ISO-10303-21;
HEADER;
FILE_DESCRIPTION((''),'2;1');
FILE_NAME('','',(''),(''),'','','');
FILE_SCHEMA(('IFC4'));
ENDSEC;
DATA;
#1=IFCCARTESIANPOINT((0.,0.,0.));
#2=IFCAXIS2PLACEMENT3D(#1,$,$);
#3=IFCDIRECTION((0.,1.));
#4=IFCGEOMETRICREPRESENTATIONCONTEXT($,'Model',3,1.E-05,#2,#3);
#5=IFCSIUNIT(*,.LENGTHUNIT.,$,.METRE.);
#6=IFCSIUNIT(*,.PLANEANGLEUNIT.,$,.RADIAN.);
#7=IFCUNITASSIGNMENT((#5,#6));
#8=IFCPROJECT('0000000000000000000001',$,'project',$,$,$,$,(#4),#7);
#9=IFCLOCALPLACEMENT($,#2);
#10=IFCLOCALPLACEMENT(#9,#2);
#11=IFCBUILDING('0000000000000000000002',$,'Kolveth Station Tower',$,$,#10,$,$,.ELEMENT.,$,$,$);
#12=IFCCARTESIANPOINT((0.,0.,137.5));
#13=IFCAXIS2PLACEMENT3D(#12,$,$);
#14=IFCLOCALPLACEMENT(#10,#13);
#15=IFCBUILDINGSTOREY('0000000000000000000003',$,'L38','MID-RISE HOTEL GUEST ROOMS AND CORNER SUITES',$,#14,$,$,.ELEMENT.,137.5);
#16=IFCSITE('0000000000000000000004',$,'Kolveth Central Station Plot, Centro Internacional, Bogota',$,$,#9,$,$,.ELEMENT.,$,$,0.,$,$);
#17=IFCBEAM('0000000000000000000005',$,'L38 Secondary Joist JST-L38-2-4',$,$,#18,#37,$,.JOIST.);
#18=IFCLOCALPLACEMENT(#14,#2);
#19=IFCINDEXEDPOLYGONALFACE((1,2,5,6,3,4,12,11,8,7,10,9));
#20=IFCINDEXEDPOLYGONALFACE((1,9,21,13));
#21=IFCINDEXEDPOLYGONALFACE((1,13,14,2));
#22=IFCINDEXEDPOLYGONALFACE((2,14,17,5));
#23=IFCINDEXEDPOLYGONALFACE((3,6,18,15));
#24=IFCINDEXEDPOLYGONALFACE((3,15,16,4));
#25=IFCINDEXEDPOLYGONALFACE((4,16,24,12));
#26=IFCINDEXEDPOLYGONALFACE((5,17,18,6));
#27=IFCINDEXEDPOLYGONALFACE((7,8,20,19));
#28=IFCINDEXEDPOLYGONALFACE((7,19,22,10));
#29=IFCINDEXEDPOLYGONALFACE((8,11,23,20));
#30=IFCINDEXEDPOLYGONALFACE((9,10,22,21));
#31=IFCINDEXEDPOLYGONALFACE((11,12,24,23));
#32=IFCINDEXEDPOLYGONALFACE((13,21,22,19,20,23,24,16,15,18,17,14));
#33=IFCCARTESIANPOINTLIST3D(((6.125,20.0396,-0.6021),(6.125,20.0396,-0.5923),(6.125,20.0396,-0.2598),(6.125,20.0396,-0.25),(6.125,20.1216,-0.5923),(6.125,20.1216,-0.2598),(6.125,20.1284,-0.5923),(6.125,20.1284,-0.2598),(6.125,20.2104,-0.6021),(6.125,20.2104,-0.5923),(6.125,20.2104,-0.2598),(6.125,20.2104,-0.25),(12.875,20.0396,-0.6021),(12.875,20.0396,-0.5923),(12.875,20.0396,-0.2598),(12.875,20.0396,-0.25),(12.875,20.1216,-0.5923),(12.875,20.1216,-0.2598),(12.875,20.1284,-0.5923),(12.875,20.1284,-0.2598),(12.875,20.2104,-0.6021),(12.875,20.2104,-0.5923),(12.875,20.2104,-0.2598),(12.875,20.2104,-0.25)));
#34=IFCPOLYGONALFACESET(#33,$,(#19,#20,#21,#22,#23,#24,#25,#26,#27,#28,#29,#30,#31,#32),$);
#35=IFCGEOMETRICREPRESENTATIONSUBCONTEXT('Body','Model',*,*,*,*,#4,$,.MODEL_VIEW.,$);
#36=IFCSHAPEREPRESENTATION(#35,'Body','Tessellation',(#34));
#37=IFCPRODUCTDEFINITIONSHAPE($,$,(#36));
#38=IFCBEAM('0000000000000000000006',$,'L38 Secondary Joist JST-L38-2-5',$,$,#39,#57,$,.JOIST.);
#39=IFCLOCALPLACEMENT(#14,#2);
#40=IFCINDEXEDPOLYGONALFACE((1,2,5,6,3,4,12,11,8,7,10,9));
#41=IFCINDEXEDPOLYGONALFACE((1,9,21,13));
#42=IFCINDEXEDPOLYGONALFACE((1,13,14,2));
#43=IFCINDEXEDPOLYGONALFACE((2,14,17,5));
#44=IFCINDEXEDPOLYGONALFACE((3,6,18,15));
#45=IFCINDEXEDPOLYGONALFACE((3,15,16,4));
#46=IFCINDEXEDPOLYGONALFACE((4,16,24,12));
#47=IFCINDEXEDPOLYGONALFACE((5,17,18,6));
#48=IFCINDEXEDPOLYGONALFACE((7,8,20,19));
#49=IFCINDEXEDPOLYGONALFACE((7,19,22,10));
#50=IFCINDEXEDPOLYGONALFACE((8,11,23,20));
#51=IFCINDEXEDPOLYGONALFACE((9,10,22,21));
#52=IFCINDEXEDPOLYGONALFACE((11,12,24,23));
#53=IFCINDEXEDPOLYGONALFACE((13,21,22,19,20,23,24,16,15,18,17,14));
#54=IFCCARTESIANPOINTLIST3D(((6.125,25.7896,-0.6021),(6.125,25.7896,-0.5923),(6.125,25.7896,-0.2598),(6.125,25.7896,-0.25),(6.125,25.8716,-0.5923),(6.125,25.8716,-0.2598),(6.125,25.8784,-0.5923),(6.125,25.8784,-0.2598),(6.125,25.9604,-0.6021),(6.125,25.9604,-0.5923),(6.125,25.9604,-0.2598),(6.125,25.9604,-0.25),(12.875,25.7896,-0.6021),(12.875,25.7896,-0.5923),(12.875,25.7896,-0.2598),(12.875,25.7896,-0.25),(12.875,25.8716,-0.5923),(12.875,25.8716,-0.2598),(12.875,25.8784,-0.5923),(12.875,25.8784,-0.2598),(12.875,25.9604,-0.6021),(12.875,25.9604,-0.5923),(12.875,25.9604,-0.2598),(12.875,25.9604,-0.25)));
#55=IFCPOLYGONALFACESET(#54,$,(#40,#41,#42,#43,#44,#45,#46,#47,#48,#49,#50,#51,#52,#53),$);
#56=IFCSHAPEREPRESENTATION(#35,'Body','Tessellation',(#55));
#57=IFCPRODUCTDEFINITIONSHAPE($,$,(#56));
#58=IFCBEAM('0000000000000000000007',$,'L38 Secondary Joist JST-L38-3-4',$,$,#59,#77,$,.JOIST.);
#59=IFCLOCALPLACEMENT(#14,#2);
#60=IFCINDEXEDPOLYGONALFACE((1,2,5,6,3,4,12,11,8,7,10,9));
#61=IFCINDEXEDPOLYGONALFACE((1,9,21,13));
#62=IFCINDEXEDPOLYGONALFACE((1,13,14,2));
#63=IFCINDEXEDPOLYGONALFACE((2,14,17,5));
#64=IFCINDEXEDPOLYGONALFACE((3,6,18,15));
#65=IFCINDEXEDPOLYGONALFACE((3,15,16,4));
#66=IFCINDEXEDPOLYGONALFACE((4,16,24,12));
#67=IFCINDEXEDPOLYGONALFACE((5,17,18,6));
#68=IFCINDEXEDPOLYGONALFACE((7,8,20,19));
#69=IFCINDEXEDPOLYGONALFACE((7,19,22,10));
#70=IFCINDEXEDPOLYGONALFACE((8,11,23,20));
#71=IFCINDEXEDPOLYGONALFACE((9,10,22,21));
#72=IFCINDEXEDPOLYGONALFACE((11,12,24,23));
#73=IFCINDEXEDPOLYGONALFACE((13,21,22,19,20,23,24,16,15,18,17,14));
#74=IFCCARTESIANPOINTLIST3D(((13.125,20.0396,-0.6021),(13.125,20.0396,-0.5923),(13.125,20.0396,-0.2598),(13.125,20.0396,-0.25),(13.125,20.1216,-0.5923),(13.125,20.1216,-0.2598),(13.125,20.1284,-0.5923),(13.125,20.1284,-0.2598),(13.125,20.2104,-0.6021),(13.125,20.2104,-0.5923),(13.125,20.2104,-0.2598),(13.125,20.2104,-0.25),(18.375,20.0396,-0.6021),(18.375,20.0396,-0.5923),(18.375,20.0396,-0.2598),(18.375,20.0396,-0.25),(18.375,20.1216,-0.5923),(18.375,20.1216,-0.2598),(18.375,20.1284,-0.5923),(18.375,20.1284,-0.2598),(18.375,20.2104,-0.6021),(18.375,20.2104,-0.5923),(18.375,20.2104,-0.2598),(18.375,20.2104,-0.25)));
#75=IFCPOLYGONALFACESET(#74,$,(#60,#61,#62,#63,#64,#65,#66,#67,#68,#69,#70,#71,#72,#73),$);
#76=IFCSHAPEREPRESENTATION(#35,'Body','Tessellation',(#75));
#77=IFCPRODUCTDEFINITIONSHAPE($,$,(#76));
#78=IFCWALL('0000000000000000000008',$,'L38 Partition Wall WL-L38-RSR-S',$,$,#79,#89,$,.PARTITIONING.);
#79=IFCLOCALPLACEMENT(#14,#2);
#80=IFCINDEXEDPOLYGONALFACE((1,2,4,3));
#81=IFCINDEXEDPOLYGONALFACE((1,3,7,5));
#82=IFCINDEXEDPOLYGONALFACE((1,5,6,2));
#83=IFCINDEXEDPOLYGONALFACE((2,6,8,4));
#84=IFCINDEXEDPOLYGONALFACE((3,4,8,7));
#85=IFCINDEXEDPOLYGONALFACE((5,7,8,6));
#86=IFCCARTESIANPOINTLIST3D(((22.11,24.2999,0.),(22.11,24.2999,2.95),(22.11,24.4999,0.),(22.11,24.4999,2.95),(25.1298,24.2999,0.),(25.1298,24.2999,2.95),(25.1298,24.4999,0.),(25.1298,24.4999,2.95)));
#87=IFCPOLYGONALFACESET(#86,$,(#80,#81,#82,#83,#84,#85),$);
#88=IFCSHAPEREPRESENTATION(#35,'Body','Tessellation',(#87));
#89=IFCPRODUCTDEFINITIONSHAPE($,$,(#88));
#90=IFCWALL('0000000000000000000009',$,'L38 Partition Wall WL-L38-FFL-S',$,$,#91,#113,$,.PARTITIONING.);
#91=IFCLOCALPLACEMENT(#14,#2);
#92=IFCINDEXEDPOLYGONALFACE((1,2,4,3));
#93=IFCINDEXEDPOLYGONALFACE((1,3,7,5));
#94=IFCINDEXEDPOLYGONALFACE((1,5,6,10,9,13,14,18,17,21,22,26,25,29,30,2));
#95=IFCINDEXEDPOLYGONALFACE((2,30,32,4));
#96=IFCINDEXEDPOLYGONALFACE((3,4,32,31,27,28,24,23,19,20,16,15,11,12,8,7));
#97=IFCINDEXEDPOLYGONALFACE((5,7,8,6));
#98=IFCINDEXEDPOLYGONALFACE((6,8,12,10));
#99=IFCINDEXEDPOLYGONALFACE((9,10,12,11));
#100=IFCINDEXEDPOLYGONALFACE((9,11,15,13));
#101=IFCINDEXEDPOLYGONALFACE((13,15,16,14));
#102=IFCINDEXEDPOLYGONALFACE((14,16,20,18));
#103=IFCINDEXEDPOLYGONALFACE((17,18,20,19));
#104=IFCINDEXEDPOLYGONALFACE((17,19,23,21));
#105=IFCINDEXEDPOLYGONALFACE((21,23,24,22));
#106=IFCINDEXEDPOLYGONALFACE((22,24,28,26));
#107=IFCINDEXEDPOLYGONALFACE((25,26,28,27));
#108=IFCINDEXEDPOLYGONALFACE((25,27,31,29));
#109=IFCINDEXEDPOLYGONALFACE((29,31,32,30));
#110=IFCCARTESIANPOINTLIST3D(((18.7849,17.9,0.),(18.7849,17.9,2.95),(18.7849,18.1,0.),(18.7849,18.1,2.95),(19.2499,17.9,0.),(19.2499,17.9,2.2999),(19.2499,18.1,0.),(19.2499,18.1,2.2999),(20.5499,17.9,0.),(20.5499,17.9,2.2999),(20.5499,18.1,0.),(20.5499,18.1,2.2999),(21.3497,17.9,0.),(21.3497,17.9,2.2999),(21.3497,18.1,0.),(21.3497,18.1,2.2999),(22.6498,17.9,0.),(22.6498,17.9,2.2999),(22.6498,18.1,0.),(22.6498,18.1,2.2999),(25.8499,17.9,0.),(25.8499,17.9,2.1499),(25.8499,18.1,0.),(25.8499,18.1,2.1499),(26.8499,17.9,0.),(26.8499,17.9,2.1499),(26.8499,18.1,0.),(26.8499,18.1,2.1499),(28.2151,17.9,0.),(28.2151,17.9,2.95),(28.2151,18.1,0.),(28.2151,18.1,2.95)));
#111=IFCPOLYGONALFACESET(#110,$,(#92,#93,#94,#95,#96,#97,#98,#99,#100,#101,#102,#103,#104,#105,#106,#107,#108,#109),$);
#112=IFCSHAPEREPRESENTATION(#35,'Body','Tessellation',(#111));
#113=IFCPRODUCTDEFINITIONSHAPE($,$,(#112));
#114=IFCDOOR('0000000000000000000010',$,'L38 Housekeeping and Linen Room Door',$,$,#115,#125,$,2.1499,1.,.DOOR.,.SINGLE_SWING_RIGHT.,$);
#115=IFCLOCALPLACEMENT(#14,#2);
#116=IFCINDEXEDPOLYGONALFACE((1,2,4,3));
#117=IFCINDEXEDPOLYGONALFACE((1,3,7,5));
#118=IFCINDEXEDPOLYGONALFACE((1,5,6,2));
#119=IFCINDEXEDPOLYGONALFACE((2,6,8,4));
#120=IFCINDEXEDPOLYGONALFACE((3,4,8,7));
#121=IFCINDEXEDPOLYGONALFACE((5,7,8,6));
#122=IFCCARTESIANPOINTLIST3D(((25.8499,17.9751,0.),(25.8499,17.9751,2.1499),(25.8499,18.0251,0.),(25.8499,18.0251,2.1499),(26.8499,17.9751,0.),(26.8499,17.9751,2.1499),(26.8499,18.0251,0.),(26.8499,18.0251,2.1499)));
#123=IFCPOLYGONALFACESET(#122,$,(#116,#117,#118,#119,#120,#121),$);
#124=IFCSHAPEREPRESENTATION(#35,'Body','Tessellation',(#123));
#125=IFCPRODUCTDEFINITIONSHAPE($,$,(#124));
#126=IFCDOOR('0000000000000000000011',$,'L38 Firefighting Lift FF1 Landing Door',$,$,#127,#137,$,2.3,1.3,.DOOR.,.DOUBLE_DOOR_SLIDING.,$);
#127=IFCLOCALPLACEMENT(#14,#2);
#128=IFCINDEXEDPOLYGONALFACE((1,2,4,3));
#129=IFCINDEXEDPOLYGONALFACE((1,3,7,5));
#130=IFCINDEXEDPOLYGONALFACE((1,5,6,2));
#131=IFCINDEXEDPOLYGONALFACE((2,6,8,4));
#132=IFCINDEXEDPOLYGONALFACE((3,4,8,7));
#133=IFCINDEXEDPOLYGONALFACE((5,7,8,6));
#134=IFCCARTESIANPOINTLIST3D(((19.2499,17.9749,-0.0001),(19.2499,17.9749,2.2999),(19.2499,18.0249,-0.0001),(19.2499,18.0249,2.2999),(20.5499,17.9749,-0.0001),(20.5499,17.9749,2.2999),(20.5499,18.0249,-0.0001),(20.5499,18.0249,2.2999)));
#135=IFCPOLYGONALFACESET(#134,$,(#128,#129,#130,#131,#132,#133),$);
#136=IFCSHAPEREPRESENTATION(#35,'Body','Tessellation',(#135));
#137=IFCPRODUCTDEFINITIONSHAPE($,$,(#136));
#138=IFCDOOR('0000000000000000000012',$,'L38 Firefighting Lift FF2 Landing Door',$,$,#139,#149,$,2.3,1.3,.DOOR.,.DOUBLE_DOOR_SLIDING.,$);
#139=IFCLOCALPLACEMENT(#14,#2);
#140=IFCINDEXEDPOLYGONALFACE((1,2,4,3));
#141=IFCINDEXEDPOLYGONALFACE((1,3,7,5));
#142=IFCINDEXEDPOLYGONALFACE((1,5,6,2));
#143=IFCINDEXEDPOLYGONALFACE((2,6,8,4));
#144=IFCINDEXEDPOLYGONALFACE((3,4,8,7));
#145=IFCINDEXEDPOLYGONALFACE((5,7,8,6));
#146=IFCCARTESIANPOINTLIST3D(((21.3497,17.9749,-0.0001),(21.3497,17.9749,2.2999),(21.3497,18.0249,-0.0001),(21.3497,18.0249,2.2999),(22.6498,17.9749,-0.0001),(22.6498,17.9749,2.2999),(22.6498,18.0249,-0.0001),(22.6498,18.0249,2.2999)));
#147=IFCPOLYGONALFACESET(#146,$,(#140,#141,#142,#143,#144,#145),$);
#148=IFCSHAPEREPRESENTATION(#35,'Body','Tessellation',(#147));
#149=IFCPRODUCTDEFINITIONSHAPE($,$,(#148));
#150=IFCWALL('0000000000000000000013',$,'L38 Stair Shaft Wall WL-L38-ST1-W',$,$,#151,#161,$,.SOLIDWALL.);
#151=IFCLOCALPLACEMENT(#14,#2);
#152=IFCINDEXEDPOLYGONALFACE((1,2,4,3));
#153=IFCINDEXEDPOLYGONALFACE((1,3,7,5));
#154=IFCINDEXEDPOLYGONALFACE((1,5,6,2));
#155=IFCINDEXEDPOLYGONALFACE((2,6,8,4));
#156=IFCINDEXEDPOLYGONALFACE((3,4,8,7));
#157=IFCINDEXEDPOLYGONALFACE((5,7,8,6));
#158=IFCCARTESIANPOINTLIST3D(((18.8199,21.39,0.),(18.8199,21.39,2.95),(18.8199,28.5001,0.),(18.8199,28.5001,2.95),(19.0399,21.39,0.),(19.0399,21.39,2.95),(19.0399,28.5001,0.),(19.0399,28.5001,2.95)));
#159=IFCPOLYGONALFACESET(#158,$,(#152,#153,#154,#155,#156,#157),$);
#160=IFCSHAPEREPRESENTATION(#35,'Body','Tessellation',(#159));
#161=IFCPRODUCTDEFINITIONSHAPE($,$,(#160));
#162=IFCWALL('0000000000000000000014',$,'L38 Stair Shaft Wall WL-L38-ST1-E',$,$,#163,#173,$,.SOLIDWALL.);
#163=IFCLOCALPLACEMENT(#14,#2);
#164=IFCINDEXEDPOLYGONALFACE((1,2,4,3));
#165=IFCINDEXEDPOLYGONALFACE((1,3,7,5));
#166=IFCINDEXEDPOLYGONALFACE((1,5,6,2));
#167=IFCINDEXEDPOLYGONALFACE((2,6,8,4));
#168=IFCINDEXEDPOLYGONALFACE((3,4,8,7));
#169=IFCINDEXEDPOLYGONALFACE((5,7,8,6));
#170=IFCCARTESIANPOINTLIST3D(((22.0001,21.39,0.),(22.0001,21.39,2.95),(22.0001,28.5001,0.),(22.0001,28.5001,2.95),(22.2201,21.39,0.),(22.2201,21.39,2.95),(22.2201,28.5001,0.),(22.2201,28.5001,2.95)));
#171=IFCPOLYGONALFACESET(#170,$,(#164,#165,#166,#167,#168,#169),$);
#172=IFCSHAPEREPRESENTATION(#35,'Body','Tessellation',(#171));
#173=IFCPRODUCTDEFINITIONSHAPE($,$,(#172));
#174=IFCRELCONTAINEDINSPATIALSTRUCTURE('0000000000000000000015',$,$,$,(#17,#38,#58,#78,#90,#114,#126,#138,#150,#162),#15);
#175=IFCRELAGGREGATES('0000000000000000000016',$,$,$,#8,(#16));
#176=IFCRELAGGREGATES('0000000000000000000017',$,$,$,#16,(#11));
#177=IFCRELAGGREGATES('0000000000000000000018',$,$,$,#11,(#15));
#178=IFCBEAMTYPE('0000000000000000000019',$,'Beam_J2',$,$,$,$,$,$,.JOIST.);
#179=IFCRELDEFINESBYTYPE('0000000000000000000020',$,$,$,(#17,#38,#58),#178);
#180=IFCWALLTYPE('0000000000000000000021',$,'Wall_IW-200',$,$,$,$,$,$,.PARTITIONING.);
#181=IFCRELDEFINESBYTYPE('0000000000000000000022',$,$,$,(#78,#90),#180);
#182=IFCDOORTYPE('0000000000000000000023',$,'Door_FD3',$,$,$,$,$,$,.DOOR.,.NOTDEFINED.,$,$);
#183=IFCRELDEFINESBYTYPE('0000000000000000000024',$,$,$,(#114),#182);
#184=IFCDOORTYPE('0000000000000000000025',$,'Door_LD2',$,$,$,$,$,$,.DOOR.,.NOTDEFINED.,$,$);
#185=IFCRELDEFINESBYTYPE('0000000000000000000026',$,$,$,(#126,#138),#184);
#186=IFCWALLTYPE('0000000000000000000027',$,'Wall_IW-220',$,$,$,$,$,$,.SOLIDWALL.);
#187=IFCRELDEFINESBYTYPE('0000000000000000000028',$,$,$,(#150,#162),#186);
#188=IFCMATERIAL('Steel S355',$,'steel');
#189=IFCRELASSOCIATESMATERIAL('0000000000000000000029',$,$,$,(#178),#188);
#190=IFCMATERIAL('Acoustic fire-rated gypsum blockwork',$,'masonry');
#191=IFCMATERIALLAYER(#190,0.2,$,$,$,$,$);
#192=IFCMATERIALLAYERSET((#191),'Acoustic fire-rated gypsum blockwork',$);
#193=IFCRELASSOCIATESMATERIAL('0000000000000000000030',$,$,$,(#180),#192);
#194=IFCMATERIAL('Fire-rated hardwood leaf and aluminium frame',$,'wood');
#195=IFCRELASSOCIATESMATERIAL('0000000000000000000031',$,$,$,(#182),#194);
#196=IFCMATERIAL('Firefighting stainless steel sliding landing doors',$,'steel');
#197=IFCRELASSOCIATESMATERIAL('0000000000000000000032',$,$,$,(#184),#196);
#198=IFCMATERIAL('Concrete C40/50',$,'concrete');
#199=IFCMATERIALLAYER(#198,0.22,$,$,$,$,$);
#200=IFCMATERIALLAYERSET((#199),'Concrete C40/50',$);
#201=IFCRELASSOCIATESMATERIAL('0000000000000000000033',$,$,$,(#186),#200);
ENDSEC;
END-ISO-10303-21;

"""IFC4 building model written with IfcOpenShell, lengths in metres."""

from ifc_helpers import new_model, si_unit, direction, frame, frame_2d, origin, origin_2d, place, context, subcontext, project, spatial, rectangle, i_section, extrude, source, transform, mapped, material, layer, layer_set, material_profile, profile_set, type_object, element, fill, save


model = new_model("IFC4")

# Units and contexts
model_context = context("Model", 3, precision=1e-05, world=origin(), true_north=direction((0.0, 1.0)))
body_context = subcontext(model_context, "Body", "Model", "MODEL_VIEW")
ifc_project = project(units=[si_unit("LENGTHUNIT", "METRE"), si_unit("PLANEANGLEUNIT", "RADIAN")], contexts=[model_context])

# Site, building, storey
site_placement = place(None, origin())
site = spatial("IfcSite", under=ifc_project, at=site_placement, Name="Kolveth Central Station Plot, Centro Internacional, Bogota", CompositionType="ELEMENT", RefElevation=0.0)
building_placement = place(site_placement, origin())
building = spatial("IfcBuilding", under=site, at=building_placement, Name="Kolveth Station Tower", CompositionType="ELEMENT")
storey_placement = place(building_placement, frame((0.0, 0.0, 137.5)))
storey = spatial("IfcBuildingStorey", under=building, at=storey_placement, Name="L38", Description="MID-RISE HOTEL GUEST ROOMS AND CORNER SUITES", CompositionType="ELEMENT", Elevation=137.5)

# Shared definitions
ifc_material_1 = material(Name="Steel S355", Category="steel")

# Beams
ifc_material_profile_1 = material_profile(ifc_material_1, i_section(OverallWidth=0.1709, OverallDepth=0.3521, WebThickness=0.0068, FlangeThickness=0.0098, at=origin_2d()), Name="W360x44")
ifc_profile_set_1 = profile_set([ifc_material_profile_1], Name="Steel S355")
beam_type_1 = type_object("IfcBeamType", Name="Beam_J2", PredefinedType="JOIST", material=ifc_profile_set_1)
shared_shape_1 = source(origin(), body_context, "Body", "SweptSolid", [
    extrude(i_section(OverallWidth=0.1709, OverallDepth=0.3521, WebThickness=0.0068, FlangeThickness=0.0098, at=origin_2d()), origin(), (0.0, 0.0, 1.0), 6.75),
])
for number, where, z_axis, x_axis, name in (
    (1, (6.125, 20.125, -0.426), (1.0, 0.0, 0.0), (0.0, 1.0, 0.0), "L38 Secondary Joist JST-L38-2-4"),
    (2, (6.125, 25.875, -0.426), (1.0, 0.0, 0.0), (0.0, 1.0, 0.0), "L38 Secondary Joist JST-L38-2-5"),
):
    element("IfcBeam", number, at=place(storey_placement, frame(where, z_axis=z_axis, x_axis=x_axis)), inside=storey, type_object=beam_type_1, Name=name, PredefinedType="JOIST", context=body_context, shape_type="MappedRepresentation", body=[
        mapped(shared_shape_1, transform((0.0, 0.0, 0.0), x_axis=(1.0, 0.0, 0.0), y_axis=(0.0, 1.0, 0.0), z_axis=(0.0, 0.0, 1.0), scale=1.0)),
    ])
shared_shape_2 = source(origin(), body_context, "Body", "SweptSolid", [
    extrude(i_section(OverallWidth=0.1709, OverallDepth=0.3521, WebThickness=0.0068, FlangeThickness=0.0098, at=origin_2d()), origin(), (0.0, 0.0, 1.0), 5.25),
])
beam_1_placement = place(storey_placement, frame((13.125, 20.125, -0.426), z_axis=(1.0, 0.0, 0.0), x_axis=(0.0, 1.0, 0.0)))
element("IfcBeam", 3, at=beam_1_placement, inside=storey, type_object=beam_type_1, Name="L38 Secondary Joist JST-L38-3-4", PredefinedType="JOIST", context=body_context, shape_type="MappedRepresentation", body=[
    mapped(shared_shape_2, transform((0.0, 0.0, 0.0), x_axis=(1.0, 0.0, 0.0), y_axis=(0.0, 1.0, 0.0), z_axis=(0.0, 0.0, 1.0), scale=1.0)),
])

# Wall
ifc_material_2 = material(Name="Acoustic fire-rated gypsum blockwork", Category="masonry")
ifc_layer_1 = layer(ifc_material_2, 0.2)
ifc_layer_set_1 = layer_set([ifc_layer_1], Name="Acoustic fire-rated gypsum blockwork")
wall_type_1 = type_object("IfcWallType", Name="Wall_IW-200", PredefinedType="PARTITIONING", material=ifc_layer_set_1)
wall_1_placement = place(storey_placement, frame((22.1101, 24.3999, 0.0), z_axis=(0.0, 0.0, 1.0), x_axis=(1.0, 0.0, 0.0)))
element("IfcWall", 4, at=wall_1_placement, inside=storey, type_object=wall_type_1, Name="L38 Partition Wall WL-L38-RSR-S", PredefinedType="PARTITIONING", context=body_context, shape_type="SweptSolid", body=[
    extrude(rectangle(XDim=3.0198, YDim=0.2, at=frame_2d((1.5098, 0.0))), origin(), (0.0, 0.0, 1.0), 2.95),
])

# Wall, openings, doors
wall_2_placement = place(storey_placement, frame((18.7849, 18.0, 0.0), z_axis=(0.0, 0.0, 1.0), x_axis=(1.0, 0.0, 0.0)))
wall_2 = element("IfcWall", 5, at=wall_2_placement, inside=storey, type_object=wall_type_1, Name="L38 Partition Wall WL-L38-FFL-S", PredefinedType="PARTITIONING", context=body_context, shape_type="SweptSolid", body=[
    extrude(rectangle(XDim=9.4302, YDim=0.2, at=frame_2d((4.7151, 0.0))), origin(), (0.0, 0.0, 1.0), 2.95),
])
opening_1_placement = place(wall_2_placement, frame((0.4651, 0.0, 0.0)))
opening_1 = element("IfcOpeningElement", 6, at=opening_1_placement, cuts=wall_2, PredefinedType="OPENING", context=body_context, shape_type="SweptSolid", body=[
    extrude(rectangle(XDim=1.3, YDim=2.3, at=frame_2d((0.6499, 1.1499))), frame((0.0, 0.1099, 0.0), z_axis=(0.0, -1.0, 0.0), x_axis=(1.0, 0.0, 0.0)), (0.0, 0.0, 1.0), 0.22),
])
opening_2_placement = place(wall_2_placement, frame((2.5649, 0.0, 0.0)))
opening_2 = element("IfcOpeningElement", 7, at=opening_2_placement, cuts=wall_2, PredefinedType="OPENING", context=body_context, shape_type="SweptSolid", body=[
    extrude(rectangle(XDim=1.3, YDim=2.3, at=frame_2d((0.6499, 1.1499))), frame((0.0, 0.1099, 0.0), z_axis=(0.0, -1.0, 0.0), x_axis=(1.0, 0.0, 0.0)), (0.0, 0.0, 1.0), 0.22),
])
opening_3_placement = place(wall_2_placement, frame((7.0649, 0.0, 0.0)))
opening_3 = element("IfcOpeningElement", 8, at=opening_3_placement, cuts=wall_2, PredefinedType="OPENING", context=body_context, shape_type="SweptSolid", body=[
    extrude(rectangle(XDim=1.0, YDim=2.1499, at=frame_2d((0.5, 1.075))), frame((0.0, 0.1099, 0.0), z_axis=(0.0, -1.0, 0.0), x_axis=(1.0, 0.0, 0.0)), (0.0, 0.0, 1.0), 0.22),
])
ifc_material_3 = material(Name="Fire-rated hardwood leaf and aluminium frame", Category="wood")
door_type_1 = type_object("IfcDoorType", Name="Door_FD3", OperationType="NOTDEFINED", PredefinedType="DOOR", material=ifc_material_3)
door_1_placement = place(opening_3_placement, frame((1.0, 0.0, 0.0), z_axis=(0.0, 0.0, 1.0), x_axis=(-1.0, 0.0, 0.0)))
door_1 = element("IfcDoor", 9, at=door_1_placement, inside=storey, type_object=door_type_1, Name="L38 Housekeeping and Linen Room Door", OperationType="SINGLE_SWING_RIGHT", OverallHeight=2.1499, OverallWidth=1.0, PredefinedType="DOOR", context=body_context, shape_type="SweptSolid", body=[
    extrude(rectangle(XDim=1.0, YDim=2.1499, at=frame_2d((0.5, 1.075))), frame((0.0, 0.0249, 0.0), z_axis=(0.0, -1.0, 0.0), x_axis=(1.0, 0.0, 0.0)), (0.0, 0.0, 1.0), 0.05),
])
fill(opening_3, door_1)
ifc_material_4 = material(Name="Firefighting stainless steel sliding landing doors", Category="steel")
door_type_2 = type_object("IfcDoorType", Name="Door_LD2", OperationType="NOTDEFINED", PredefinedType="DOOR", material=ifc_material_4)
door_2_placement = place(opening_1_placement, origin())
door_2 = element("IfcDoor", 10, at=door_2_placement, inside=storey, type_object=door_type_2, Name="L38 Firefighting Lift FF1 Landing Door", OperationType="DOUBLE_DOOR_SLIDING", OverallHeight=2.3, OverallWidth=1.3, PredefinedType="DOOR", context=body_context, shape_type="SweptSolid", body=[
    extrude(rectangle(XDim=1.3, YDim=2.3, at=frame_2d((0.6499, 1.1499))), frame((0.0, 0.0249, 0.0), z_axis=(0.0, -1.0, 0.0), x_axis=(1.0, 0.0, 0.0)), (0.0, 0.0, 1.0), 0.05),
])
fill(opening_1, door_2)
door_3_placement = place(opening_2_placement, origin())
door_3 = element("IfcDoor", 11, at=door_3_placement, inside=storey, type_object=door_type_2, Name="L38 Firefighting Lift FF2 Landing Door", OperationType="DOUBLE_DOOR_SLIDING", OverallHeight=2.3, OverallWidth=1.3, PredefinedType="DOOR", context=body_context, shape_type="SweptSolid", body=[
    extrude(rectangle(XDim=1.3, YDim=2.3, at=frame_2d((0.6499, 1.1499))), frame((0.0, 0.0249, 0.0), z_axis=(0.0, -1.0, 0.0), x_axis=(1.0, 0.0, 0.0)), (0.0, 0.0, 1.0), 0.05),
])
fill(opening_2, door_3)

# Walls
ifc_material_5 = material(Name="Concrete C40/50", Category="concrete")
ifc_layer_2 = layer(ifc_material_5, 0.22)
ifc_layer_set_2 = layer_set([ifc_layer_2], Name="Concrete C40/50")
wall_type_2 = type_object("IfcWallType", Name="Wall_IW-220", PredefinedType="SOLIDWALL", material=ifc_layer_set_2)
for number, where, z_axis, x_axis, name in (
    (12, (18.9299, 21.3899, 0.0), (0.0, 0.0, 1.0), (0.0, 1.0, 0.0), "L38 Stair Shaft Wall WL-L38-ST1-W"),
    (13, (22.1101, 21.3899, 0.0), (0.0, 0.0, 1.0), (0.0, 1.0, 0.0), "L38 Stair Shaft Wall WL-L38-ST1-E"),
):
    element("IfcWall", number, at=place(storey_placement, frame(where, z_axis=z_axis, x_axis=x_axis)), inside=storey, type_object=wall_type_2, Name=name, PredefinedType="SOLIDWALL", context=body_context, shape_type="SweptSolid", body=[
        extrude(rectangle(XDim=7.1101, YDim=0.22, at=frame_2d((3.5552, 0.0))), origin(), (0.0, 0.0, 1.0), 2.95),
    ])

save(model, "model.ifc")
